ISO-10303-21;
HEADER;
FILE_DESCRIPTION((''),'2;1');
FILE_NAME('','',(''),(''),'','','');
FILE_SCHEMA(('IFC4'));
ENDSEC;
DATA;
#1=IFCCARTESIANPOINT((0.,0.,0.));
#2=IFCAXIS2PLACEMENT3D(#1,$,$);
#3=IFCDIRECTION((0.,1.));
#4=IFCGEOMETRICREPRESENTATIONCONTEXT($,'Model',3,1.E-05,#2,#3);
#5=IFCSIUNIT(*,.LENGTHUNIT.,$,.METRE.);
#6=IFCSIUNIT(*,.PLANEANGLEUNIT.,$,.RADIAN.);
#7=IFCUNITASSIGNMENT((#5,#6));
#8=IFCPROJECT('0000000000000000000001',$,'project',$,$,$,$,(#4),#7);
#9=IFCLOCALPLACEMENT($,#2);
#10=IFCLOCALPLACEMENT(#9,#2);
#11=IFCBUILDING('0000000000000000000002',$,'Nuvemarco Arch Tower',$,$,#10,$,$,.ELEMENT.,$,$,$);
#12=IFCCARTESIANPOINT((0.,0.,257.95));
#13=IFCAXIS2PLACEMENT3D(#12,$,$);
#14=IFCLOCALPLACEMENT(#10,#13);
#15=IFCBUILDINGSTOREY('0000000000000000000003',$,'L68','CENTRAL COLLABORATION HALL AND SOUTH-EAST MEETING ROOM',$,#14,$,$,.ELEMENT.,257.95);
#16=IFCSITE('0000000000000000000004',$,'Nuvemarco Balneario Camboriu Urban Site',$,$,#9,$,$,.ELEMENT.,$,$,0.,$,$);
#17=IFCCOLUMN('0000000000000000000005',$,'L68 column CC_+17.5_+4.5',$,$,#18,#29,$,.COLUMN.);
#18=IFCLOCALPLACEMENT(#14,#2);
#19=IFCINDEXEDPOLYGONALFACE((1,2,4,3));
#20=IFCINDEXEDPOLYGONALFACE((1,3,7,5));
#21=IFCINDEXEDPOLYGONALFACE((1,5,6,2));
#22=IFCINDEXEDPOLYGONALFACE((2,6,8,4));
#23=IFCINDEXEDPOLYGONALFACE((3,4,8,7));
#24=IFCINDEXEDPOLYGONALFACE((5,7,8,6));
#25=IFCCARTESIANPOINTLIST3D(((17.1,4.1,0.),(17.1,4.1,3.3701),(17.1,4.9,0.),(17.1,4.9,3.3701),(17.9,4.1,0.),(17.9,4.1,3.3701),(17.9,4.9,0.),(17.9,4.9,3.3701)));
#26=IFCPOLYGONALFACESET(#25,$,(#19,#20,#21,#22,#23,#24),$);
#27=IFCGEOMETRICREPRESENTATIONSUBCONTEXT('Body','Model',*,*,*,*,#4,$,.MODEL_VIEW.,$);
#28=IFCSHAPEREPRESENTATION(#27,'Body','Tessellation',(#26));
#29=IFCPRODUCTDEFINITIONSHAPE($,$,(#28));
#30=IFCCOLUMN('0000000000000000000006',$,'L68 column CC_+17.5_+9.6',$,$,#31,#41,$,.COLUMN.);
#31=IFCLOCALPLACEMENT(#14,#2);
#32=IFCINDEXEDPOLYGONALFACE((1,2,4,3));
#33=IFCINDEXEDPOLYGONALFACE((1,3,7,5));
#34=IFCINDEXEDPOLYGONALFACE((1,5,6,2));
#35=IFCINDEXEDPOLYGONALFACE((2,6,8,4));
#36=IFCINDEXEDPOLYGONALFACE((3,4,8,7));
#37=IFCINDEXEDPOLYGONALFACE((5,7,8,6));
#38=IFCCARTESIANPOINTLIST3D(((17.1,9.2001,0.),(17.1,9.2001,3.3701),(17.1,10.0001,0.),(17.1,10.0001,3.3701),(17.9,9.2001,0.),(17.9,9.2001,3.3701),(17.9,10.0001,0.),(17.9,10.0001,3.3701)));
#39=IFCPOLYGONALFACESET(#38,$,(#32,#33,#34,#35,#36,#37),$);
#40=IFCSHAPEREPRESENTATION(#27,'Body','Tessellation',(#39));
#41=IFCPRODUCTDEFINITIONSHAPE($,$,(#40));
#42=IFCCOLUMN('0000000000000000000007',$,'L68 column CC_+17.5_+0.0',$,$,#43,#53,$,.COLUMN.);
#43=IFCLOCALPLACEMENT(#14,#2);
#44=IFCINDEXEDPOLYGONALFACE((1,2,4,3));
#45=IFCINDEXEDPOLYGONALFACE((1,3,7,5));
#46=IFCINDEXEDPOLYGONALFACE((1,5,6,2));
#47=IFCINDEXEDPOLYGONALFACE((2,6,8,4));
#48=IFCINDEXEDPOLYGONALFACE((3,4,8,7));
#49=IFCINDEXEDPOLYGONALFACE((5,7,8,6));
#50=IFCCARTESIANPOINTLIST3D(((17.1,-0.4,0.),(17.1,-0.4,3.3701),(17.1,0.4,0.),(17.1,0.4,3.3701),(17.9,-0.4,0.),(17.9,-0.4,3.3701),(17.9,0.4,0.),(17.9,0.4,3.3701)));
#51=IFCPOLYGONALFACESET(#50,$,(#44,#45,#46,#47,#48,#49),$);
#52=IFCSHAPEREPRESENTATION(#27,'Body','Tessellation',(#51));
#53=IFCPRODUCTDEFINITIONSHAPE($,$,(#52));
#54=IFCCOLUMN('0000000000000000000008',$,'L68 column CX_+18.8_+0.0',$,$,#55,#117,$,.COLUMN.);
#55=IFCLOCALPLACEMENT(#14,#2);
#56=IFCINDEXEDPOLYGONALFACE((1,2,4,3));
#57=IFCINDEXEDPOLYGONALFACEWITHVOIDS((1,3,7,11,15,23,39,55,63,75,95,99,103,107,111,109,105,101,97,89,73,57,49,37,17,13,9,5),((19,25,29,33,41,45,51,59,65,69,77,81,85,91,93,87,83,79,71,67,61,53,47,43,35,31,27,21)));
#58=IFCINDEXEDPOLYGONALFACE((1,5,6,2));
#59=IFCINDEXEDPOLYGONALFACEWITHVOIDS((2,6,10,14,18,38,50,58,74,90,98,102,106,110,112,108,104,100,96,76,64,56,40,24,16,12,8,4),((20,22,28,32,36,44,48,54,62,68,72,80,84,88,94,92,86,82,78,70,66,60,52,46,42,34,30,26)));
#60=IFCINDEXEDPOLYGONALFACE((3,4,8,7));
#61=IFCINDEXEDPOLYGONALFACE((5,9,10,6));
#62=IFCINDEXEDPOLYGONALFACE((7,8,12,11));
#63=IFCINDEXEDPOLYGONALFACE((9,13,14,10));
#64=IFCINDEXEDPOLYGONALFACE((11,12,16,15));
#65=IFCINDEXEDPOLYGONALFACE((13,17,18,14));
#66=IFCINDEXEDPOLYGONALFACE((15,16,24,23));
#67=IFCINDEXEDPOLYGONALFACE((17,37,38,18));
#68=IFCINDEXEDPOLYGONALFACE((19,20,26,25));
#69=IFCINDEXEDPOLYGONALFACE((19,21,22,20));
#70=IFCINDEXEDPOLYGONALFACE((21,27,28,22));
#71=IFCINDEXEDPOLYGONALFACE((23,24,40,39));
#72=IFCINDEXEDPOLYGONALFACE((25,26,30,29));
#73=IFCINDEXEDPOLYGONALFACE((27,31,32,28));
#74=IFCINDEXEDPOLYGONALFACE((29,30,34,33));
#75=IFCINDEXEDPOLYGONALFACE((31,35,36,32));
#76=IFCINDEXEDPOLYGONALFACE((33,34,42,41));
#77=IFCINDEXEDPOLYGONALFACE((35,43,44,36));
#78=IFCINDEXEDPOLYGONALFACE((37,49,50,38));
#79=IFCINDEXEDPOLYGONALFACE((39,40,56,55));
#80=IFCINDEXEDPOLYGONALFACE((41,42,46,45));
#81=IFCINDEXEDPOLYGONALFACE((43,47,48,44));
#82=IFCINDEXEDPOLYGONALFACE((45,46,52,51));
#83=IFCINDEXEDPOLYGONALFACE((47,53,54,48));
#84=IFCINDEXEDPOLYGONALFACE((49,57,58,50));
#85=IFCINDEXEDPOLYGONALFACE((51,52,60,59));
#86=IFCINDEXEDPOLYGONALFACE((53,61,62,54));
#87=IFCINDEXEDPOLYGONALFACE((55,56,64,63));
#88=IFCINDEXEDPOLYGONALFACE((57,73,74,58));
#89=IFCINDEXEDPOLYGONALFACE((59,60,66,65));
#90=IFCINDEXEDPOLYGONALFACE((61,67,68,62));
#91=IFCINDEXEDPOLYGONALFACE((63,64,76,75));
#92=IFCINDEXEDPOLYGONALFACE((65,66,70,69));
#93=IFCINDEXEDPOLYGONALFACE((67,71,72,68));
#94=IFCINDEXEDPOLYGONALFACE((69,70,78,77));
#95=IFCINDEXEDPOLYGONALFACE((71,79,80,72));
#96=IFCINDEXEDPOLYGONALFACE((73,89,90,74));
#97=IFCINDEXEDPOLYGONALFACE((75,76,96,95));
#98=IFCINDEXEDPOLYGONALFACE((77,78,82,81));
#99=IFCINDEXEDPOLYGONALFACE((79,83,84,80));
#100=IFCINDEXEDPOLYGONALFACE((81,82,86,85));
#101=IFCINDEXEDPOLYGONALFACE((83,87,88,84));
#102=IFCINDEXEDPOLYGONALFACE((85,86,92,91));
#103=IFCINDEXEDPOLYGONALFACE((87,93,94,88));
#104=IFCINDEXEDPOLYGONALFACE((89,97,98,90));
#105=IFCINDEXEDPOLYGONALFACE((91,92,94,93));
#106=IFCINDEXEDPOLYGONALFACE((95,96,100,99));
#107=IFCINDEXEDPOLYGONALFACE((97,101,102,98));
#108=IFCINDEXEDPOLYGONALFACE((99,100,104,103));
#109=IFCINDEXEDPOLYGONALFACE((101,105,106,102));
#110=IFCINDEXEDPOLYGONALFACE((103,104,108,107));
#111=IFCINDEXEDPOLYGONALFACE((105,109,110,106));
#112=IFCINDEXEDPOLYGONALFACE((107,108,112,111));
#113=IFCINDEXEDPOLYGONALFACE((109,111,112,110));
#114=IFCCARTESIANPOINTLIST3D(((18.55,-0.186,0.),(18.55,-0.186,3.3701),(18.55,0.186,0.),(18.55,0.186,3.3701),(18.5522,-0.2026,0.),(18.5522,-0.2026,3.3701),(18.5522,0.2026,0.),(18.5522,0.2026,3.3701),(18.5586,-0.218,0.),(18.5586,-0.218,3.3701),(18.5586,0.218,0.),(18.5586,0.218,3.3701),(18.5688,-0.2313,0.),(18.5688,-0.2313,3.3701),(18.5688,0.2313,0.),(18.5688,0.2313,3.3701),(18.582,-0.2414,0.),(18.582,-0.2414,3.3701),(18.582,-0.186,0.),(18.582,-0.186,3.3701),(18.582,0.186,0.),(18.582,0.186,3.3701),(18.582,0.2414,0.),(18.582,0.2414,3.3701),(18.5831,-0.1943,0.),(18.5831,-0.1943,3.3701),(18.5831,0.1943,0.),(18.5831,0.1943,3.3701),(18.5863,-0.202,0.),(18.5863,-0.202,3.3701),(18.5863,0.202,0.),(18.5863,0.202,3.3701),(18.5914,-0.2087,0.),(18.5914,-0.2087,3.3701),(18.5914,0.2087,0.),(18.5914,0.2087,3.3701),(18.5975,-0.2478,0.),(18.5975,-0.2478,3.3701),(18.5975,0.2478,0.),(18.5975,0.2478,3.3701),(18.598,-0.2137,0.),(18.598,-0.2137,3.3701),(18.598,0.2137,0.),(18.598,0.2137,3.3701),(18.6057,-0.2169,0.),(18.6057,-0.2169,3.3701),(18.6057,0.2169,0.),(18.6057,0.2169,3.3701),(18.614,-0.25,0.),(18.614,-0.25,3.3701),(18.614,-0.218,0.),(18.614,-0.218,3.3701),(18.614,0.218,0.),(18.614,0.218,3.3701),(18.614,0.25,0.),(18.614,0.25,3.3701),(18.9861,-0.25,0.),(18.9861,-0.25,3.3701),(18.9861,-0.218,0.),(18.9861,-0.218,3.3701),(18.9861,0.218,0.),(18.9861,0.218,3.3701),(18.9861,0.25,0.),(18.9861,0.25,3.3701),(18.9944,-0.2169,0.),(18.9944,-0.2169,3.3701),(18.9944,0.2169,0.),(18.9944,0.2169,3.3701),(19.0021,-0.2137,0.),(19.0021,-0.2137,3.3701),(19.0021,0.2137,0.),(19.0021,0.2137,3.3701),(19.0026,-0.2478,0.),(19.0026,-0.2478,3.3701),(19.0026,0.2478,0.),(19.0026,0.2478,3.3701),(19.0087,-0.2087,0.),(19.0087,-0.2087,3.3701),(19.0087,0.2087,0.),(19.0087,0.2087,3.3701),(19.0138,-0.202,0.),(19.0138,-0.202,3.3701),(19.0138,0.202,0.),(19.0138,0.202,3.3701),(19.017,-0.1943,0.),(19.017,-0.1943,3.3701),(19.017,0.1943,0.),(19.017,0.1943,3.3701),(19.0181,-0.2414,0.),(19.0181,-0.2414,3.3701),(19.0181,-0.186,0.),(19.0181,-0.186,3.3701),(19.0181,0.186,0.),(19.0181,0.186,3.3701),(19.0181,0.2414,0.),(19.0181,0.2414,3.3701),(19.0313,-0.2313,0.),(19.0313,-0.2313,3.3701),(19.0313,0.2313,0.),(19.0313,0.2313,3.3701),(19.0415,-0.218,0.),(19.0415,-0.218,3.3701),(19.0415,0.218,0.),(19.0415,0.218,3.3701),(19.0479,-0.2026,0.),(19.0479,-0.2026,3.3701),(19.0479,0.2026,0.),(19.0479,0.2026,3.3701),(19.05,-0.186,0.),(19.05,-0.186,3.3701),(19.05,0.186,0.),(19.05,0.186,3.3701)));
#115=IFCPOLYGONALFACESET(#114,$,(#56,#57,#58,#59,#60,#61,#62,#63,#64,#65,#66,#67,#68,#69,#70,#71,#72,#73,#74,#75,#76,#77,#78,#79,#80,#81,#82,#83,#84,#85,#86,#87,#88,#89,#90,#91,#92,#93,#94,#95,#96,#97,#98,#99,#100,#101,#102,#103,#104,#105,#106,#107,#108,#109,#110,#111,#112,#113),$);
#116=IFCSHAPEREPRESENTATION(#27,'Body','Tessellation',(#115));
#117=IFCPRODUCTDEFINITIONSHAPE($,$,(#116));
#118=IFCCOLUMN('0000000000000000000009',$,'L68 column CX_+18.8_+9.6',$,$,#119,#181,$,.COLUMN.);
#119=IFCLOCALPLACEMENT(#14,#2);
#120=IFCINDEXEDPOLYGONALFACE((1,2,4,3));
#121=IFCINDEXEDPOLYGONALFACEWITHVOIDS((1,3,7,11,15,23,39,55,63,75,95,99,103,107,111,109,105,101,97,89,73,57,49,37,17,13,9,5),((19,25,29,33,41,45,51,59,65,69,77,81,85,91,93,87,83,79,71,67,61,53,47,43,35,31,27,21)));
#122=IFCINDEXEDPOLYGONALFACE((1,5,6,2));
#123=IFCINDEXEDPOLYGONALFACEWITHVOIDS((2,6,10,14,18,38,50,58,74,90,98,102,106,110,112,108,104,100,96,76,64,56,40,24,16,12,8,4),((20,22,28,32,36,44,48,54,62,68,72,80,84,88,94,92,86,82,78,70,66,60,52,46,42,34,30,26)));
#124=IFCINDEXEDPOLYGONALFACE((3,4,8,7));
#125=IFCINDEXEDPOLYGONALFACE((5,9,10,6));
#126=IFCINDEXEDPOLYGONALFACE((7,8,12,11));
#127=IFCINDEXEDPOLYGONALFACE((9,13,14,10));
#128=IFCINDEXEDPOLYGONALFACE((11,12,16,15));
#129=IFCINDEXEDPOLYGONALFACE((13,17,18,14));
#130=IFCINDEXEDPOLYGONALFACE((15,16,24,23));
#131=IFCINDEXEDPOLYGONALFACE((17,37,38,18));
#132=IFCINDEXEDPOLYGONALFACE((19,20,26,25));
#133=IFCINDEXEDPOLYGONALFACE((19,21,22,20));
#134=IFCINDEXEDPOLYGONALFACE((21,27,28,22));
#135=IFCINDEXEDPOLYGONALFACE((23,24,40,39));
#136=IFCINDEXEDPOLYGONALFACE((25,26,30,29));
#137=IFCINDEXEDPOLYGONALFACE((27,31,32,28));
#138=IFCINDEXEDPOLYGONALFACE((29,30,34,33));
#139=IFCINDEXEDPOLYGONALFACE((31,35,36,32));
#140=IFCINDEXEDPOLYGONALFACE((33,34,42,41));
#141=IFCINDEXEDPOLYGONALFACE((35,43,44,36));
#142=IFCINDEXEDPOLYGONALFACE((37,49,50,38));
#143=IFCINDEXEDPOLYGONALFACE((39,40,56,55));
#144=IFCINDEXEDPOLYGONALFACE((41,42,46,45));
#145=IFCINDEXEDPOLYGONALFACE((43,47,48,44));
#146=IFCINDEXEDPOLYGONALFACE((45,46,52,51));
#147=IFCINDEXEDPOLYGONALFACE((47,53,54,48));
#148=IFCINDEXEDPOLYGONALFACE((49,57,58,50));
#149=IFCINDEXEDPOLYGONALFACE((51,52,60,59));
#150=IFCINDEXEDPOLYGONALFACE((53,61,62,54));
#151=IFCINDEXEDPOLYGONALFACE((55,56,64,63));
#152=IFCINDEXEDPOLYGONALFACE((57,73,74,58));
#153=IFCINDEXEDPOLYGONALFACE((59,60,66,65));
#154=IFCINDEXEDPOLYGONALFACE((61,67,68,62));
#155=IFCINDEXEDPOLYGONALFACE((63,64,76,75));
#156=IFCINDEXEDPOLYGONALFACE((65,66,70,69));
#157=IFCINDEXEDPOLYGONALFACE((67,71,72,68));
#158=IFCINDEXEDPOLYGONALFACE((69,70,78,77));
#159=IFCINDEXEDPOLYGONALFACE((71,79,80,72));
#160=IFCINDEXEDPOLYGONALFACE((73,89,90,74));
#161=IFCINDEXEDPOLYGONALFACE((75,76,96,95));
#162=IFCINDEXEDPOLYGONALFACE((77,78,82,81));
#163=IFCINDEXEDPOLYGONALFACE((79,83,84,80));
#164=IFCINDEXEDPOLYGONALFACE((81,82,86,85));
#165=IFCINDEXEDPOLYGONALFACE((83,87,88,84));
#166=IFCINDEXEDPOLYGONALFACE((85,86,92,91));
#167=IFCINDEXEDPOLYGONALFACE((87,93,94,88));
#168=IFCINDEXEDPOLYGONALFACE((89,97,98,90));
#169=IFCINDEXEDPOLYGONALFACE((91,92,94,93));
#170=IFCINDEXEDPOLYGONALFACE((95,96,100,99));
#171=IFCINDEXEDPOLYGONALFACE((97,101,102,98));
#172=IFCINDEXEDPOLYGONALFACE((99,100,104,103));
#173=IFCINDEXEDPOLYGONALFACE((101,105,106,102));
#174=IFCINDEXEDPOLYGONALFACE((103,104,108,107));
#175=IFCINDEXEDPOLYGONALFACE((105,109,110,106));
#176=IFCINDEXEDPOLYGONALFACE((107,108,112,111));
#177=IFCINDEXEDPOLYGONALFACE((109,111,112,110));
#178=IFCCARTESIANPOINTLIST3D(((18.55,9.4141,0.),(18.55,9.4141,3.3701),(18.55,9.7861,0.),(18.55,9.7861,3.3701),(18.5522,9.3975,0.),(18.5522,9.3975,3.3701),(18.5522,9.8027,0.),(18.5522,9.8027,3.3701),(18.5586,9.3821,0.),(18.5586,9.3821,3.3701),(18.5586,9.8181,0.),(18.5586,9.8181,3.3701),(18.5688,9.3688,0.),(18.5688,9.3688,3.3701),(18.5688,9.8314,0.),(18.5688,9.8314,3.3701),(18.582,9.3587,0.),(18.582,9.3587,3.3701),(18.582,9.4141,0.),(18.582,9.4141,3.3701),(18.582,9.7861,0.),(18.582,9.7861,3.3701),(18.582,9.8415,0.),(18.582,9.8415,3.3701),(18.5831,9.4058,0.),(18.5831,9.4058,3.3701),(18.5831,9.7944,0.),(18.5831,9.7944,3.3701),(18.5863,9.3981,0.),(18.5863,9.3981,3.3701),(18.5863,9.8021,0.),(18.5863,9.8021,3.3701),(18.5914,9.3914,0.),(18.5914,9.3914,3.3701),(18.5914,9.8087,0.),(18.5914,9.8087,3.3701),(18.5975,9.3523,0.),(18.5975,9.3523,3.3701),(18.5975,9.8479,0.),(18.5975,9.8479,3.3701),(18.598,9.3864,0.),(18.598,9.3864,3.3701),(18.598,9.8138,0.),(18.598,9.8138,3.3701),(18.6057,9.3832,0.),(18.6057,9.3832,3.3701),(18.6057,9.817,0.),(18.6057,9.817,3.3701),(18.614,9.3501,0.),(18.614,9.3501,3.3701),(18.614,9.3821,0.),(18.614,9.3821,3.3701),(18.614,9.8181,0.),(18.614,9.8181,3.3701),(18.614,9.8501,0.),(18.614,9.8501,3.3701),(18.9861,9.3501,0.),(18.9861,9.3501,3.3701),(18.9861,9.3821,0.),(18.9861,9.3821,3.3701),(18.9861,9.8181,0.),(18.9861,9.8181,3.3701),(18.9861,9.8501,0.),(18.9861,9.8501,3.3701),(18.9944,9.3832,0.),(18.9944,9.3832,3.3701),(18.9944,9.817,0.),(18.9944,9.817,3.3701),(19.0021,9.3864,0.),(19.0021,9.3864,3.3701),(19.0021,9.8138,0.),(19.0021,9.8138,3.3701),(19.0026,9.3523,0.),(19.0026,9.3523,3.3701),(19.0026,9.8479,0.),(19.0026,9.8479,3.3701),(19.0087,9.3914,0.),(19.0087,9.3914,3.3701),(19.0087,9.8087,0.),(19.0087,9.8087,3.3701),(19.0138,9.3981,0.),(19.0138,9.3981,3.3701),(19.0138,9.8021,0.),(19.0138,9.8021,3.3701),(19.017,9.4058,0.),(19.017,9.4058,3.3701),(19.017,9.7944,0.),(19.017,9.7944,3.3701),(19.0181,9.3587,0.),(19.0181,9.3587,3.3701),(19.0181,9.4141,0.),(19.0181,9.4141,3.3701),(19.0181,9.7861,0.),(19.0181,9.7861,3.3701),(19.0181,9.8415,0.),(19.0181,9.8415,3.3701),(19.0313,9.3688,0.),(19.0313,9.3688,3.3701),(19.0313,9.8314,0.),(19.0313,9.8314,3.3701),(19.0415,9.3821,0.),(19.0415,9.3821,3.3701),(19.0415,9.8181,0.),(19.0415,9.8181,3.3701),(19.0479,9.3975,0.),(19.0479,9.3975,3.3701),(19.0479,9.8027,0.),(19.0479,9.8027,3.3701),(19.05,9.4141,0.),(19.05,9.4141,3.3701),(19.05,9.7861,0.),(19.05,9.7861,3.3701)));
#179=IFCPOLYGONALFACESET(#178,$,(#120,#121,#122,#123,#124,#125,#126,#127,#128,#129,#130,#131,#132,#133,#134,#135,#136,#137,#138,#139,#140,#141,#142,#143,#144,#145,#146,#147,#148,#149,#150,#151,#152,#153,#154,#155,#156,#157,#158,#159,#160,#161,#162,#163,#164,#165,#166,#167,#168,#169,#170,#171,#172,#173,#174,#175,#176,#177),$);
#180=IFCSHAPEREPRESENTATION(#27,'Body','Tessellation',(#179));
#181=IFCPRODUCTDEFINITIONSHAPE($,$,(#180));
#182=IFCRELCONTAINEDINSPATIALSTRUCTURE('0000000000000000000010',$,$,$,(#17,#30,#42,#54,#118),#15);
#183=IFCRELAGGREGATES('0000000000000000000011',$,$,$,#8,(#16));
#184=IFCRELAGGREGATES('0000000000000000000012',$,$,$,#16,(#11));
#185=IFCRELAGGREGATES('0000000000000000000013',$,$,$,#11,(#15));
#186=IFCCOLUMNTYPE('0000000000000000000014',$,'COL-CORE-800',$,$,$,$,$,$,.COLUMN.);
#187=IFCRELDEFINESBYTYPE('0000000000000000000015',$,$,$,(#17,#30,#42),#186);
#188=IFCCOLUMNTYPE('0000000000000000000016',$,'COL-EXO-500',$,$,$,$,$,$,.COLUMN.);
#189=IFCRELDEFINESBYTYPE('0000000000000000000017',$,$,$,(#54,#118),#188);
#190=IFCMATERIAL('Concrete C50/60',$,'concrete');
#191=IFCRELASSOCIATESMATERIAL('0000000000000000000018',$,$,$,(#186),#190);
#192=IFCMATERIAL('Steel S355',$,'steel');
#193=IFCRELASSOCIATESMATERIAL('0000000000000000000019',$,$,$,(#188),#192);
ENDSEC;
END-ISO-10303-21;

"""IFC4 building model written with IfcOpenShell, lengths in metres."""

from ifc_helpers import new_model, si_unit, direction, frame, origin, origin_2d, place, context, subcontext, project, spatial, rectangle, hollow_rectangle, extrude, material, material_profile, profile_set, type_object, element, save


model = new_model("IFC4")

# Units and contexts
model_context = context("Model", 3, precision=1e-05, world=origin(), true_north=direction((0.0, 1.0)))
body_context = subcontext(model_context, "Body", "Model", "MODEL_VIEW")
ifc_project = project(units=[si_unit("LENGTHUNIT", "METRE"), si_unit("PLANEANGLEUNIT", "RADIAN")], contexts=[model_context])

# Site, building, storey
site_placement = place(None, origin())
site = spatial("IfcSite", under=ifc_project, at=site_placement, Name="Nuvemarco Balneario Camboriu Urban Site", CompositionType="ELEMENT", RefElevation=0.0)
building_placement = place(site_placement, origin())
building = spatial("IfcBuilding", under=site, at=building_placement, Name="Nuvemarco Arch Tower", CompositionType="ELEMENT")
storey_placement = place(building_placement, frame((0.0, 0.0, 257.95)))
storey = spatial("IfcBuildingStorey", under=building, at=storey_placement, Name="L68", Description="CENTRAL COLLABORATION HALL AND SOUTH-EAST MEETING ROOM", CompositionType="ELEMENT", Elevation=257.95)

# Columns
ifc_material_1 = material(Name="Concrete C50/60", Category="concrete")
ifc_material_profile_1 = material_profile(ifc_material_1, rectangle(XDim=0.8, YDim=0.8, at=origin_2d()), Name="RC-COL-800x800")
ifc_profile_set_1 = profile_set([ifc_material_profile_1], Name="Concrete C50/60")
column_type_1 = type_object("IfcColumnType", Name="COL-CORE-800", PredefinedType="COLUMN", material=ifc_profile_set_1)
for number, where, z_axis, x_axis, name in (
    (1, (17.5, 4.5, 0.0), (0.0, 0.0, 1.0), (1.0, 0.0, 0.0), "L68 column CC_+17.5_+4.5"),
    (2, (17.5, 9.6001, 0.0), (0.0, 0.0, 1.0), (1.0, 0.0, 0.0), "L68 column CC_+17.5_+9.6"),
    (3, (17.5, 0.0, 0.0), (0.0, 0.0, 1.0), (1.0, 0.0, 0.0), "L68 column CC_+17.5_+0.0"),
):
    element("IfcColumn", number, at=place(storey_placement, frame(where, z_axis=z_axis, x_axis=x_axis)), inside=storey, type_object=column_type_1, Name=name, PredefinedType="COLUMN", context=body_context, shape_type="SweptSolid", body=[
        extrude(rectangle(XDim=0.8, YDim=0.8, at=origin_2d()), origin(), (0.0, 0.0, 1.0), 3.3701),
    ])
ifc_material_2 = material(Name="Steel S355", Category="steel")
ifc_material_profile_2 = material_profile(ifc_material_2, hollow_rectangle(XDim=0.5, YDim=0.5, WallThickness=0.032, InnerFilletRadius=0.032, OuterFilletRadius=0.064, at=origin_2d()), Name="SHS500x500x32")
ifc_profile_set_2 = profile_set([ifc_material_profile_2], Name="Steel S355")
column_type_2 = type_object("IfcColumnType", Name="COL-EXO-500", PredefinedType="COLUMN", material=ifc_profile_set_2)
for number, where, z_axis, x_axis, name in (
    (4, (18.8, 0.0, 0.0), (0.0, 0.0, 1.0), (1.0, 0.0, 0.0), "L68 column CX_+18.8_+0.0"),
    (5, (18.8, 9.6001, 0.0), (0.0, 0.0, 1.0), (1.0, 0.0, 0.0), "L68 column CX_+18.8_+9.6"),
):
    element("IfcColumn", number, at=place(storey_placement, frame(where, z_axis=z_axis, x_axis=x_axis)), inside=storey, type_object=column_type_2, Name=name, PredefinedType="COLUMN", context=body_context, shape_type="SweptSolid", body=[
        extrude(hollow_rectangle(XDim=0.5, YDim=0.5, WallThickness=0.032, InnerFilletRadius=0.032, OuterFilletRadius=0.064, at=origin_2d()), origin(), (0.0, 0.0, 1.0), 3.3701),
    ])

save(model, "model.ifc")
